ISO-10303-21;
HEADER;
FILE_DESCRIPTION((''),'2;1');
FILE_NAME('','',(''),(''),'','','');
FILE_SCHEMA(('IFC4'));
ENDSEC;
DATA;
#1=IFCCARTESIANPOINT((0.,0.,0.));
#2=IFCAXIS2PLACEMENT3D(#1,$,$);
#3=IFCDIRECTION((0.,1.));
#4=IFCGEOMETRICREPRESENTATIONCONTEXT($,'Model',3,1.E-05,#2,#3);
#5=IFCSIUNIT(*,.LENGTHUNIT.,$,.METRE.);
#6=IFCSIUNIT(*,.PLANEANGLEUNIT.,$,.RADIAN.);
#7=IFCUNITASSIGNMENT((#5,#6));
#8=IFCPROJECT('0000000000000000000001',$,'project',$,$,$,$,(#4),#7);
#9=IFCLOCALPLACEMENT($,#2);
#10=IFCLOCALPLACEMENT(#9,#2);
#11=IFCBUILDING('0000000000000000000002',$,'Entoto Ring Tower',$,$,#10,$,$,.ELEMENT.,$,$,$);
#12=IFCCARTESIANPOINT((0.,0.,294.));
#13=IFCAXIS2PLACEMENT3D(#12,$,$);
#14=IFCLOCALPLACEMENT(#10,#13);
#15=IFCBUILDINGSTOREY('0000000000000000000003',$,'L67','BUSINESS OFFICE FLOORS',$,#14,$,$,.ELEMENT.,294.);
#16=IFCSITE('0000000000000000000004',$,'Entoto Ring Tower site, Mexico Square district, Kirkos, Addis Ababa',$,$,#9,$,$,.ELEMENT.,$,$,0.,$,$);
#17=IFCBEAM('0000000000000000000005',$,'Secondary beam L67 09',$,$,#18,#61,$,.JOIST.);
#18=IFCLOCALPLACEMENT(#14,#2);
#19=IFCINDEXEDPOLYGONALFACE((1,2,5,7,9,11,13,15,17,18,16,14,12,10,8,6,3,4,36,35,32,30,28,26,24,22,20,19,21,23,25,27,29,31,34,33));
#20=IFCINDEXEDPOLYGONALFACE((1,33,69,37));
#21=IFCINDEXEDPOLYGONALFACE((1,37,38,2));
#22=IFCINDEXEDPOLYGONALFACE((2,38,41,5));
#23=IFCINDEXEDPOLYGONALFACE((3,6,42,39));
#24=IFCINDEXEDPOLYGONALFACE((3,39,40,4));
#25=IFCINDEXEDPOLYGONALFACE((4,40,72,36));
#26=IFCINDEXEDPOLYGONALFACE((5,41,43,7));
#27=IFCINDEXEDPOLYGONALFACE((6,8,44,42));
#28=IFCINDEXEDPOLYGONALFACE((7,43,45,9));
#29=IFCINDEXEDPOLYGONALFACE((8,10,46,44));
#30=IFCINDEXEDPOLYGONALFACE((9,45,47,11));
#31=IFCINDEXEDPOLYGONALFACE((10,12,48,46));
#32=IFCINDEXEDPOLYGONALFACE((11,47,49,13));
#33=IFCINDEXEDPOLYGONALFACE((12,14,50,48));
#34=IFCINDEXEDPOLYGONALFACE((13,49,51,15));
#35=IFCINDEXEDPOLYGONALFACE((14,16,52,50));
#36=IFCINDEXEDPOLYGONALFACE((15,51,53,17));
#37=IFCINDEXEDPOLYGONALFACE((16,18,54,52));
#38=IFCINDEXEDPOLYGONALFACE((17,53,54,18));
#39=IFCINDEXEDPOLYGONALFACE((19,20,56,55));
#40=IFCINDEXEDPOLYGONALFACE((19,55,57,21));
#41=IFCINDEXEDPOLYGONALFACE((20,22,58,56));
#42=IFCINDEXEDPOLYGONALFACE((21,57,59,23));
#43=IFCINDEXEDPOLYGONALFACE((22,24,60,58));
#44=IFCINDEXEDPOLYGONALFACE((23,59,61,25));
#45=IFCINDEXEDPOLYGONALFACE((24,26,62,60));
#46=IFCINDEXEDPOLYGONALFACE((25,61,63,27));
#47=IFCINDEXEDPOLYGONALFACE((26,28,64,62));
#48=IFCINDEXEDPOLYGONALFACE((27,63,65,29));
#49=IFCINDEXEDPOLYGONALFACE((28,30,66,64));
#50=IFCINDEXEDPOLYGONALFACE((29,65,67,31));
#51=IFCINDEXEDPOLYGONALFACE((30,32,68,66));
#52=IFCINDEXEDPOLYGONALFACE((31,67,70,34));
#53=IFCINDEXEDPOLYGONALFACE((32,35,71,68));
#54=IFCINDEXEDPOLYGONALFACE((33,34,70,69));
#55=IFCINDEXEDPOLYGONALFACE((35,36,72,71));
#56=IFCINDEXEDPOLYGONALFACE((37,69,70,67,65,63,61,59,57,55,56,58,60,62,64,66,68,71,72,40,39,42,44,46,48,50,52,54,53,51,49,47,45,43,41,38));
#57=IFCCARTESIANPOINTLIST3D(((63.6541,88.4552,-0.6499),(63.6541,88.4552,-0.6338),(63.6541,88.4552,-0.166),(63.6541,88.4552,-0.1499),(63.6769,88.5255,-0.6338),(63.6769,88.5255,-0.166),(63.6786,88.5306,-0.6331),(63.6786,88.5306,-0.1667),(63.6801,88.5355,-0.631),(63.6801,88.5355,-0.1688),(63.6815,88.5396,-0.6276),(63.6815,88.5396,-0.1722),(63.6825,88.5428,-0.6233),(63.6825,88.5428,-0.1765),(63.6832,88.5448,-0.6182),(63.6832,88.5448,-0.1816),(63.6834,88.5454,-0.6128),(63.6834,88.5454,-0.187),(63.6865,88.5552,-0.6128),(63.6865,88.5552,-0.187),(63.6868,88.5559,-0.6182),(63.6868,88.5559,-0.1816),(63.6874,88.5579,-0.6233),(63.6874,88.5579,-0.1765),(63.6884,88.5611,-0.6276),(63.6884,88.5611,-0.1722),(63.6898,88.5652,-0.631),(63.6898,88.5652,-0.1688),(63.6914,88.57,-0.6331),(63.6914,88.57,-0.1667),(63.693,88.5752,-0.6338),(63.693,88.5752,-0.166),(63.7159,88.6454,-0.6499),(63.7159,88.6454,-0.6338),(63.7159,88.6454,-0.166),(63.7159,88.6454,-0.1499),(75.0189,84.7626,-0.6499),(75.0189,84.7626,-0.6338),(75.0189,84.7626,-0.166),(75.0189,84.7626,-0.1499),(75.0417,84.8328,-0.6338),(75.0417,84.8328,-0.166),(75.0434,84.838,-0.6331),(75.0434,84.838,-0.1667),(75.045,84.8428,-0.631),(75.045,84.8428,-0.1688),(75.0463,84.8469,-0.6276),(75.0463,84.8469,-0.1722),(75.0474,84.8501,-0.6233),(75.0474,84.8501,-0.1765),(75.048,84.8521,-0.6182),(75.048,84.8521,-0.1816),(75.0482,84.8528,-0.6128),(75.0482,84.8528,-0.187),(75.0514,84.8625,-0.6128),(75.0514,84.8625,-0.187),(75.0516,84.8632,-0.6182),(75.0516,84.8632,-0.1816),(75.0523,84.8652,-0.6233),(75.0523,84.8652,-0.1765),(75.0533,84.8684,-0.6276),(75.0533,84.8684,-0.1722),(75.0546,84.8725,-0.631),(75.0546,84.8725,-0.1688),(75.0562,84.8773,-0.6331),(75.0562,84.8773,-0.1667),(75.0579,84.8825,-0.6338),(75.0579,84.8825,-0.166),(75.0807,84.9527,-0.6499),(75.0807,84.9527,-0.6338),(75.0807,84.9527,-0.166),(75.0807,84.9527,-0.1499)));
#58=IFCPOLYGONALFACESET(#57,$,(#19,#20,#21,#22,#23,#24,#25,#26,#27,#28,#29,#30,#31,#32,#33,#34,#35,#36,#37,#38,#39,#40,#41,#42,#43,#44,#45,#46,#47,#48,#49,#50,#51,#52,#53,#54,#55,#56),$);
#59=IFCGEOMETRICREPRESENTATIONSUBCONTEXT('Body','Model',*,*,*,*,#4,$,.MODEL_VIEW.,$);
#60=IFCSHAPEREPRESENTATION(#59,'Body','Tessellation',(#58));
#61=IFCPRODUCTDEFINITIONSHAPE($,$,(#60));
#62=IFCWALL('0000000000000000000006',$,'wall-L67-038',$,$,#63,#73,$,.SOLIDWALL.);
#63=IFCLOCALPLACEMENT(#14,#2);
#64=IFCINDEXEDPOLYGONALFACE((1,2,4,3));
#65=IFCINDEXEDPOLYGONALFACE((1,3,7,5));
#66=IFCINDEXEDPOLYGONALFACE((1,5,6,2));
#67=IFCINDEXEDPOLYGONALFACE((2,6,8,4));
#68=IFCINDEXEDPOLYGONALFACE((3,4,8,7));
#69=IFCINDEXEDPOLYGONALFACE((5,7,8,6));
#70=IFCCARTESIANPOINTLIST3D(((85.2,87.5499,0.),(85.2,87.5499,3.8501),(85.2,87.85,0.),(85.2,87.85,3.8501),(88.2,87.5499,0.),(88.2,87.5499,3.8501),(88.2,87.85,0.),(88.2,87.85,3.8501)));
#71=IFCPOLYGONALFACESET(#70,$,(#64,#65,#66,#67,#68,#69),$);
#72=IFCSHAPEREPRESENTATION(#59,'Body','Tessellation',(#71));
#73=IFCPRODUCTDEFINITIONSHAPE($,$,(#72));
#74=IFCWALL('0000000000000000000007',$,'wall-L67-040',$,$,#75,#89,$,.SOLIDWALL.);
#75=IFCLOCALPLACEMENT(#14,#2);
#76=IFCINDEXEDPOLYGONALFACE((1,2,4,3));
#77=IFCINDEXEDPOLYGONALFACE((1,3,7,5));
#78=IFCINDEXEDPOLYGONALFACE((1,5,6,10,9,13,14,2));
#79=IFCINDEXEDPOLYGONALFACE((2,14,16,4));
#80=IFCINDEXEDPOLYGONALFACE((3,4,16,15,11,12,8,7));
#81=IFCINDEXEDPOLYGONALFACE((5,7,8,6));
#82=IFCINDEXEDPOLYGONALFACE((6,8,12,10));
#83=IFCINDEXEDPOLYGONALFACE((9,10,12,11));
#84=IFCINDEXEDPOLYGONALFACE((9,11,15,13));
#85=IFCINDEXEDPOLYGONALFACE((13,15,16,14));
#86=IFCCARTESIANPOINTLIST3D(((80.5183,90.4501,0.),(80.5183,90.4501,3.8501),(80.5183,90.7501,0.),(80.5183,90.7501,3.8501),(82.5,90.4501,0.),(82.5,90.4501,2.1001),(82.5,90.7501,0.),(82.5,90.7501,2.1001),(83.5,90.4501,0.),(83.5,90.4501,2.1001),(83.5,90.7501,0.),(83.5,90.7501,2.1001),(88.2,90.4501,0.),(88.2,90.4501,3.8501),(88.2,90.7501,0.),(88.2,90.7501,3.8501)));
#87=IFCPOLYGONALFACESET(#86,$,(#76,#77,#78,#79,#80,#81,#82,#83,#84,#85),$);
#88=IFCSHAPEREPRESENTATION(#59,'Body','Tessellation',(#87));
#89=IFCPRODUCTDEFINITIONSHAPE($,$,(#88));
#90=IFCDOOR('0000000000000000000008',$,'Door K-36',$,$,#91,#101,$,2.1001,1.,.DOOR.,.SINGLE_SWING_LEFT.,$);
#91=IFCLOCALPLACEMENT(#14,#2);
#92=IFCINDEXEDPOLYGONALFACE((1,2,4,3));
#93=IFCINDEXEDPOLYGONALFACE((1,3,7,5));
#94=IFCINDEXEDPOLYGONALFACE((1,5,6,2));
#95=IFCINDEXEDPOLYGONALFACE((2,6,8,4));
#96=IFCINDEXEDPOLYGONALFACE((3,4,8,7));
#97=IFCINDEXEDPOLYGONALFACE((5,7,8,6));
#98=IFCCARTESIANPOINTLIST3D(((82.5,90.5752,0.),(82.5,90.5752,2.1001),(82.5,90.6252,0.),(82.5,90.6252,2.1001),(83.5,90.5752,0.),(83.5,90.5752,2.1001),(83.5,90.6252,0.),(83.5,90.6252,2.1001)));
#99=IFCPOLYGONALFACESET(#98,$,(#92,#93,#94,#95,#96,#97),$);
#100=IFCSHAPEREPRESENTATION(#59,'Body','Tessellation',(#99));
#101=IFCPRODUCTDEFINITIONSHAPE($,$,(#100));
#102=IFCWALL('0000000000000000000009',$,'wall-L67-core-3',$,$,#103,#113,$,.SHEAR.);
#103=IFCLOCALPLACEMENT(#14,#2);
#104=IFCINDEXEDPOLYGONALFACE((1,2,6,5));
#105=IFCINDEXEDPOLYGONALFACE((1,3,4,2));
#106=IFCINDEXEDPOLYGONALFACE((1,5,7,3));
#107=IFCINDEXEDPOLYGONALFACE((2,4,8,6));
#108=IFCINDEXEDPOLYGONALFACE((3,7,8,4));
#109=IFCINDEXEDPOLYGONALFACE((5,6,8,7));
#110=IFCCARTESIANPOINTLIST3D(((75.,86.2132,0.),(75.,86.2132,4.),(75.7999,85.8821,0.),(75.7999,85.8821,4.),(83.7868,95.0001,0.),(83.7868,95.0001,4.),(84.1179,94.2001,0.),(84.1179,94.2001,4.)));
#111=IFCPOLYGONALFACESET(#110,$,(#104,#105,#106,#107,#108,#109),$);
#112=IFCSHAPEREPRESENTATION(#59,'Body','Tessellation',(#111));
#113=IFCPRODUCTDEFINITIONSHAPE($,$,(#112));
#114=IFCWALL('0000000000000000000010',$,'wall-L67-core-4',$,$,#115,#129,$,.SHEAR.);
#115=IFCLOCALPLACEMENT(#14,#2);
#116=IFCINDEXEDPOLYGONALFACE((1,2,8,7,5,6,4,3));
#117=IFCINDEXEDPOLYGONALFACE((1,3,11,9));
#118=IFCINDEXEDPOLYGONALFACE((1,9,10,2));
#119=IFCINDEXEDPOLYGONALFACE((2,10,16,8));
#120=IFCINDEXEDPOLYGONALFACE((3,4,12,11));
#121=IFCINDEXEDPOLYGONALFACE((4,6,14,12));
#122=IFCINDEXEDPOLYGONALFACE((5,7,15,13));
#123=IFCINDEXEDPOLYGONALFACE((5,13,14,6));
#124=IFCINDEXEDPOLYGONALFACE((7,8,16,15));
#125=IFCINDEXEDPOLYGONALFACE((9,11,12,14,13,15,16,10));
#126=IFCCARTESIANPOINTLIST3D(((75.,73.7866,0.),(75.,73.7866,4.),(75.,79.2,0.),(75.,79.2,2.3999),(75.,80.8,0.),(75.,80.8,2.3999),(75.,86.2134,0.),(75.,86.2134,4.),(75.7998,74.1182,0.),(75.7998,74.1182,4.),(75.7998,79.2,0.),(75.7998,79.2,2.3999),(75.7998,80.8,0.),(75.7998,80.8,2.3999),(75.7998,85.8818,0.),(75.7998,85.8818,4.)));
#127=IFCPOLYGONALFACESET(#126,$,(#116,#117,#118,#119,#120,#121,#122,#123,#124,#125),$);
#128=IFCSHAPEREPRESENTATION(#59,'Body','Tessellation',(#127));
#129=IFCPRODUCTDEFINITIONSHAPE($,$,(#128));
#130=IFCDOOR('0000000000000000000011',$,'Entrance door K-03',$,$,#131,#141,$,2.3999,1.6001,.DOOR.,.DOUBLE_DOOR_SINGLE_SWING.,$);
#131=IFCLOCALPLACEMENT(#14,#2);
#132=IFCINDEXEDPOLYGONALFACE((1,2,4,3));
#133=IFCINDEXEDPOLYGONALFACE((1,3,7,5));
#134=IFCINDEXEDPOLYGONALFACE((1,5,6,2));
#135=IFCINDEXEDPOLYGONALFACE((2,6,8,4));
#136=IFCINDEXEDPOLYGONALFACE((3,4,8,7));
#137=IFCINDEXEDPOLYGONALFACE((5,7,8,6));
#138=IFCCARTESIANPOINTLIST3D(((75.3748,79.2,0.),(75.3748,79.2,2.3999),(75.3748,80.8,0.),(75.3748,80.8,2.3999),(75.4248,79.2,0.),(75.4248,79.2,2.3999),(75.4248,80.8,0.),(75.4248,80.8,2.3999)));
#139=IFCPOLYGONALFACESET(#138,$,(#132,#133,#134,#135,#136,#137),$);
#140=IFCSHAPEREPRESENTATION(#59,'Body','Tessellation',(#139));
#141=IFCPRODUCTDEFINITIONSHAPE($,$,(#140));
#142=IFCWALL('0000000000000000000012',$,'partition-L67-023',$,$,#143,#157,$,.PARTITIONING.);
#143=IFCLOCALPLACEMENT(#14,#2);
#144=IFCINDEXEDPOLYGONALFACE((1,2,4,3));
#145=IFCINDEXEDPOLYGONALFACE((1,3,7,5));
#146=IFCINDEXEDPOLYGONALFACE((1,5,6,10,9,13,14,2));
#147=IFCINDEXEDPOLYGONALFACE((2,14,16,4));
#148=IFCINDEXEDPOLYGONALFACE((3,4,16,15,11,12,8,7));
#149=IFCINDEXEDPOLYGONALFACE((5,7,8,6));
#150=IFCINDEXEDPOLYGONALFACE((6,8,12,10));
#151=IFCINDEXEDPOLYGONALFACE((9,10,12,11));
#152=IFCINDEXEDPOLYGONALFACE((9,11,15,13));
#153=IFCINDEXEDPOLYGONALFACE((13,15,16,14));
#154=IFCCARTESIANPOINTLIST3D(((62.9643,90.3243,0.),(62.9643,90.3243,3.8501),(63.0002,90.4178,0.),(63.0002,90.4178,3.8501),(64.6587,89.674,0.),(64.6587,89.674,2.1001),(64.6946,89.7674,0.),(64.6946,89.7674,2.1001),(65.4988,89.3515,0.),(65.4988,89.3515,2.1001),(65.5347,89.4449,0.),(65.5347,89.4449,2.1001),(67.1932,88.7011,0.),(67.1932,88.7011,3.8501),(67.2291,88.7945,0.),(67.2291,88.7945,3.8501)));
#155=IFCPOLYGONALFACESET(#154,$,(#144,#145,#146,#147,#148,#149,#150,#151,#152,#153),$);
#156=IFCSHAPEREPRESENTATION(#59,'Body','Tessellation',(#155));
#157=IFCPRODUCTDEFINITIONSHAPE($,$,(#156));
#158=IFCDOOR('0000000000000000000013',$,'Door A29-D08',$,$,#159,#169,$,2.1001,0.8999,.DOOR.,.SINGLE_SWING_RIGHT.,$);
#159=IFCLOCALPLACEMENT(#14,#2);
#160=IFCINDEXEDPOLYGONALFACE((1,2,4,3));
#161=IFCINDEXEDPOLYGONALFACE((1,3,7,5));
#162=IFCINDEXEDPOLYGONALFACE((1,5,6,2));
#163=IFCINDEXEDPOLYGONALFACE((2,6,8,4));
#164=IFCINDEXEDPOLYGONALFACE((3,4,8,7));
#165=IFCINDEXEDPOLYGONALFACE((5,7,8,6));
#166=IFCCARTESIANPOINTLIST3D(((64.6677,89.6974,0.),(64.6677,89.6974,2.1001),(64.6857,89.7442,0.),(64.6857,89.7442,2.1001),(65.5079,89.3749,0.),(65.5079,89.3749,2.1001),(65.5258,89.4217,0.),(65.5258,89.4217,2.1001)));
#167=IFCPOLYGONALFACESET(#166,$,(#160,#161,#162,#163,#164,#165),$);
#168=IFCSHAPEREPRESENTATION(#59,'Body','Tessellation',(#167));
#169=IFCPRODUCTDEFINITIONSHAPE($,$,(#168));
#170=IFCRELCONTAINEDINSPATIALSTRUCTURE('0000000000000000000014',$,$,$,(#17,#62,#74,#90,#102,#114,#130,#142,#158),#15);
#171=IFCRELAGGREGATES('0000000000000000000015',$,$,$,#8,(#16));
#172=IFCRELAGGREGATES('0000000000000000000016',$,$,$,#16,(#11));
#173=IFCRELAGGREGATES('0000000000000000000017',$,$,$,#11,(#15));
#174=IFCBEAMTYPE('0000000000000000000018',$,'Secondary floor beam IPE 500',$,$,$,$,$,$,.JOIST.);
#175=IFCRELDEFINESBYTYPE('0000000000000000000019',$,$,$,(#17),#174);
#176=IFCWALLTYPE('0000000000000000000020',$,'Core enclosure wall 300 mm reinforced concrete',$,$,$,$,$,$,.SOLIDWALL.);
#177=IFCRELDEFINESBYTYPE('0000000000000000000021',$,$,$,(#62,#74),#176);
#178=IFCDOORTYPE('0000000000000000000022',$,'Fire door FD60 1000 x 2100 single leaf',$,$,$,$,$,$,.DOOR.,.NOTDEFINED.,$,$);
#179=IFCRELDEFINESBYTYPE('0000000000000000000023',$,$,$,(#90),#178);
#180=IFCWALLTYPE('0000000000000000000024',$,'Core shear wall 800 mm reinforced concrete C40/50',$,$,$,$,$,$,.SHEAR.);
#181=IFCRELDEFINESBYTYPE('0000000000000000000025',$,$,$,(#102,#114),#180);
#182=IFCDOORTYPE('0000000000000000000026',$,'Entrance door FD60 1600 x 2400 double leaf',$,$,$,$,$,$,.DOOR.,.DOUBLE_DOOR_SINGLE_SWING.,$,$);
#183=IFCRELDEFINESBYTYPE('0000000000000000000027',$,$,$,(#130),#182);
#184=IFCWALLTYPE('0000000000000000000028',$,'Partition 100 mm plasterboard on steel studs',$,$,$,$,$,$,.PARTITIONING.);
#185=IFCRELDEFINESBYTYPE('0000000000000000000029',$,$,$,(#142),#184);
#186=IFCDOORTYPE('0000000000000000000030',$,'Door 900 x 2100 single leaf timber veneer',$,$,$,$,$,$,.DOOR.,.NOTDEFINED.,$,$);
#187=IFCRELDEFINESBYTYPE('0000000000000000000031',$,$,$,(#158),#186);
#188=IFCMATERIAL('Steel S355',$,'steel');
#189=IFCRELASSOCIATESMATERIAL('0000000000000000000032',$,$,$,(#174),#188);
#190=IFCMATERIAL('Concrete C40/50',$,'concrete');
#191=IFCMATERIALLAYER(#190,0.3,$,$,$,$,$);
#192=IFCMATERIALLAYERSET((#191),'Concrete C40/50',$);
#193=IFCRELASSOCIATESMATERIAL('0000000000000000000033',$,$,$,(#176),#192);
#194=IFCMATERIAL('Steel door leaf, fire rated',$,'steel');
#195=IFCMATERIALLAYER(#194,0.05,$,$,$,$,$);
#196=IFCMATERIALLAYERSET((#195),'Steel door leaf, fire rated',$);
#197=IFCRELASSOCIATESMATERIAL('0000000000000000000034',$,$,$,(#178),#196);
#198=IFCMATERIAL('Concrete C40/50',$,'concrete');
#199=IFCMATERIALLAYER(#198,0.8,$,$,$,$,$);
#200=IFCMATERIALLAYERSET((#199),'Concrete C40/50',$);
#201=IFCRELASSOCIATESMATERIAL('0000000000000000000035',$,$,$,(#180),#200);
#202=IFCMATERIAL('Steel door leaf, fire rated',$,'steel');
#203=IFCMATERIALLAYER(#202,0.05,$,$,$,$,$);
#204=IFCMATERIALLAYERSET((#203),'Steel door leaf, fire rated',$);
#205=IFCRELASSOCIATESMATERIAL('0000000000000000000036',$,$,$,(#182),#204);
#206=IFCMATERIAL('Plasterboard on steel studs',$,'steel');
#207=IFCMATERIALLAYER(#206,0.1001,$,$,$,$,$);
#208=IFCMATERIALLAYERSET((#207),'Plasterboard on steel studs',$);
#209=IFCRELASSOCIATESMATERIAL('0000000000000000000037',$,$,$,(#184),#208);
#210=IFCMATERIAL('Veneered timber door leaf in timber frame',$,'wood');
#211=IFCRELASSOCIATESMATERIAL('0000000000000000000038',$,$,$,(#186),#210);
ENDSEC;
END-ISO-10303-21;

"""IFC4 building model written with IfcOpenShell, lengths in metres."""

from ifc_helpers import new_model, si_unit, direction, frame, frame_2d, origin, origin_2d, place, context, subcontext, project, spatial, polyline, rectangle, i_section, outline, extrude, material, layer, layer_set, material_profile, profile_set, type_object, element, fill, save


model = new_model("IFC4")

# Units and contexts
model_context = context("Model", 3, precision=1e-05, world=origin(), true_north=direction((0.0, 1.0)))
body_context = subcontext(model_context, "Body", "Model", "MODEL_VIEW")
ifc_project = project(units=[si_unit("LENGTHUNIT", "METRE"), si_unit("PLANEANGLEUNIT", "RADIAN")], contexts=[model_context])

# Site, building, storey
site_placement = place(None, origin())
site = spatial("IfcSite", under=ifc_project, at=site_placement, Name="Entoto Ring Tower site, Mexico Square district, Kirkos, Addis Ababa", CompositionType="ELEMENT", RefElevation=0.0)
building_placement = place(site_placement, origin())
building = spatial("IfcBuilding", under=site, at=building_placement, Name="Entoto Ring Tower", CompositionType="ELEMENT")
storey_placement = place(building_placement, frame((0.0, 0.0, 294.0)))
storey = spatial("IfcBuildingStorey", under=building, at=storey_placement, Name="L67", Description="BUSINESS OFFICE FLOORS", CompositionType="ELEMENT", Elevation=294.0)

# Beam
ifc_material_1 = material(Name="Steel S355", Category="steel")
ifc_material_profile_1 = material_profile(ifc_material_1, i_section(OverallWidth=0.2, OverallDepth=0.5, WebThickness=0.0103, FlangeThickness=0.0161, FilletRadius=0.021, at=origin_2d()), Name="IPE 500")
ifc_profile_set_1 = profile_set([ifc_material_profile_1], Name="Steel S355")
beam_type_1 = type_object("IfcBeamType", Name="Secondary floor beam IPE 500", PredefinedType="JOIST", material=ifc_profile_set_1)
beam_1_placement = place(storey_placement, frame((75.0498, 84.8577, -0.3999), z_axis=(-0.951057, 0.309017, 0.0), x_axis=(-0.309017, -0.951057, 0.0)))
element("IfcBeam", 1, at=beam_1_placement, inside=storey, type_object=beam_type_1, Name="Secondary beam L67 09", PredefinedType="JOIST", context=body_context, shape_type="SweptSolid", body=[
    extrude(i_section(OverallWidth=0.2, OverallDepth=0.5, WebThickness=0.0103, FlangeThickness=0.0161, FilletRadius=0.021, at=origin_2d()), origin(), (0.0, 0.0, 1.0), 11.9497),
])

# Wall
ifc_material_2 = material(Name="Concrete C40/50", Category="concrete")
ifc_layer_1 = layer(ifc_material_2, 0.3)
ifc_layer_set_1 = layer_set([ifc_layer_1], Name="Concrete C40/50")
wall_type_1 = type_object("IfcWallType", Name="Core enclosure wall 300 mm reinforced concrete", PredefinedType="SOLIDWALL", material=ifc_layer_set_1)
wall_1_placement = place(storey_placement, frame((85.2, 87.7, 0.0), z_axis=(0.0, 0.0, 1.0), x_axis=(1.0, 0.0, 0.0)))
element("IfcWall", 2, at=wall_1_placement, inside=storey, type_object=wall_type_1, Name="wall-L67-038", PredefinedType="SOLIDWALL", context=body_context, shape_type="SweptSolid", body=[
    extrude(rectangle(XDim=3.0, YDim=0.3, at=frame_2d((1.5, 0.0))), origin(), (0.0, 0.0, 1.0), 3.8501),
])

# Wall, opening, door
wall_2_placement = place(storey_placement, frame((80.5183, 90.6001, 0.0), z_axis=(0.0, 0.0, 1.0), x_axis=(1.0, 0.0, 0.0)))
wall_2 = element("IfcWall", 3, at=wall_2_placement, inside=storey, type_object=wall_type_1, Name="wall-L67-040", PredefinedType="SOLIDWALL", context=body_context, shape_type="SweptSolid", body=[
    extrude(rectangle(XDim=7.6816, YDim=0.3, at=frame_2d((3.8408, 0.0))), origin(), (0.0, 0.0, 1.0), 3.8501),
])
opening_1_placement = place(wall_2_placement, frame((1.9817, 0.0, 0.0)))
opening_1 = element("IfcOpeningElement", 4, at=opening_1_placement, cuts=wall_2, PredefinedType="OPENING", context=body_context, shape_type="SweptSolid", body=[
    extrude(rectangle(XDim=1.0, YDim=2.1001, at=frame_2d((0.5, 1.05))), frame((0.0, 0.1602, 0.0), z_axis=(0.0, -1.0, 0.0), x_axis=(1.0, 0.0, 0.0)), (0.0, 0.0, 1.0), 0.3201),
])
ifc_material_3 = material(Name="Steel door leaf, fire rated", Category="steel")
ifc_layer_2 = layer(ifc_material_3, 0.05)
ifc_layer_set_2 = layer_set([ifc_layer_2], Name="Steel door leaf, fire rated")
door_type_1 = type_object("IfcDoorType", Name="Fire door FD60 1000 x 2100 single leaf", OperationType="NOTDEFINED", PredefinedType="DOOR", material=ifc_layer_set_2)
door_1_placement = place(opening_1_placement, frame((1.0, 0.0, 0.0), z_axis=(0.0, 0.0, 1.0), x_axis=(-1.0, 0.0, 0.0)))
door_1 = element("IfcDoor", 5, at=door_1_placement, inside=storey, type_object=door_type_1, Name="Door K-36", OperationType="SINGLE_SWING_LEFT", OverallHeight=2.1001, OverallWidth=1.0, PredefinedType="DOOR", context=body_context, shape_type="SweptSolid", body=[
    extrude(rectangle(XDim=1.0, YDim=2.1001, at=frame_2d((0.5, 1.05))), frame((0.0, 0.0249, 0.0), z_axis=(0.0, -1.0, 0.0), x_axis=(1.0, 0.0, 0.0)), (0.0, 0.0, 1.0), 0.05),
])
fill(opening_1, door_1)

# Wall
ifc_material_4 = material(Name="Concrete C40/50", Category="concrete")
ifc_layer_3 = layer(ifc_material_4, 0.8)
ifc_layer_set_3 = layer_set([ifc_layer_3], Name="Concrete C40/50")
wall_type_2 = type_object("IfcWallType", Name="Core shear wall 800 mm reinforced concrete C40/50", PredefinedType="SHEAR", material=ifc_layer_set_3)
wall_3_placement = place(storey_placement, frame((83.9524, 94.6001, 0.0), z_axis=(0.0, 0.0, 1.0), x_axis=(-0.707107, -0.707107, 0.0)))
element("IfcWall", 6, at=wall_3_placement, inside=storey, type_object=wall_type_2, Name="wall-L67-core-3", PredefinedType="SHEAR", context=body_context, shape_type="SweptSolid", body=[
    extrude(outline(polyline([(-0.1658, -0.3999), (12.2607, -0.3999), (11.9292, 0.3999), (0.1658, 0.3999), (-0.1658, -0.3999)])), origin(), (0.0, 0.0, 1.0), 4.0),
])

# Walls, openings, doors
wall_4_placement = place(storey_placement, frame((75.3999, 86.0476, 0.0), z_axis=(0.0, 0.0, 1.0), x_axis=(0.0, -1.0, 0.0)))
wall_4 = element("IfcWall", 7, at=wall_4_placement, inside=storey, type_object=wall_type_2, Name="wall-L67-core-4", PredefinedType="SHEAR", context=body_context, shape_type="SweptSolid", body=[
    extrude(outline(polyline([(-0.1658, -0.3999), (12.261, -0.3999), (11.9294, 0.3999), (0.1658, 0.3999), (-0.1658, -0.3999)])), origin(), (0.0, 0.0, 1.0), 4.0),
])
opening_2_placement = place(wall_4_placement, frame((5.2476, 0.0, 0.0)))
opening_2 = element("IfcOpeningElement", 8, at=opening_2_placement, cuts=wall_4, PredefinedType="OPENING", context=body_context, shape_type="SweptSolid", body=[
    extrude(rectangle(XDim=1.6001, YDim=2.3999, at=frame_2d((0.8, 1.2))), frame((0.0, 0.4102, 0.0), z_axis=(0.0, -1.0, 0.0), x_axis=(1.0, 0.0, 0.0)), (0.0, 0.0, 1.0), 0.8201),
])
ifc_material_5 = material(Name="Steel door leaf, fire rated", Category="steel")
ifc_layer_4 = layer(ifc_material_5, 0.05)
ifc_layer_set_4 = layer_set([ifc_layer_4], Name="Steel door leaf, fire rated")
door_type_2 = type_object("IfcDoorType", Name="Entrance door FD60 1600 x 2400 double leaf", OperationType="DOUBLE_DOOR_SINGLE_SWING", PredefinedType="DOOR", material=ifc_layer_set_4)
door_2_placement = place(opening_2_placement, origin())
door_2 = element("IfcDoor", 9, at=door_2_placement, inside=storey, type_object=door_type_2, Name="Entrance door K-03", OperationType="DOUBLE_DOOR_SINGLE_SWING", OverallHeight=2.3999, OverallWidth=1.6001, PredefinedType="DOOR", context=body_context, shape_type="SweptSolid", body=[
    extrude(rectangle(XDim=1.6001, YDim=2.3999, at=frame_2d((0.8, 1.2))), frame((0.0, 0.0249, 0.0), z_axis=(0.0, -1.0, 0.0), x_axis=(1.0, 0.0, 0.0)), (0.0, 0.0, 1.0), 0.05),
])
fill(opening_2, door_2)
ifc_material_6 = material(Name="Plasterboard on steel studs", Category="steel")
ifc_layer_5 = layer(ifc_material_6, 0.1001)
ifc_layer_set_5 = layer_set([ifc_layer_5], Name="Plasterboard on steel studs")
wall_type_3 = type_object("IfcWallType", Name="Partition 100 mm plasterboard on steel studs", PredefinedType="PARTITIONING", material=ifc_layer_set_5)
wall_5_placement = place(storey_placement, frame((67.2112, 88.7478, 0.0), z_axis=(0.0, 0.0, 1.0), x_axis=(-0.933586, 0.358354, 0.0)))
wall_5 = element("IfcWall", 10, at=wall_5_placement, inside=storey, type_object=wall_type_3, Name="partition-L67-023", PredefinedType="PARTITIONING", context=body_context, shape_type="SweptSolid", body=[
    extrude(rectangle(XDim=4.5298, YDim=0.1001, at=frame_2d((2.2649, 0.0))), origin(), (0.0, 0.0, 1.0), 3.8501),
])
opening_3_placement = place(wall_5_placement, frame((1.8149, 0.0, 0.0)))
opening_3 = element("IfcOpeningElement", 11, at=opening_3_placement, cuts=wall_5, PredefinedType="OPENING", context=body_context, shape_type="SweptSolid", body=[
    extrude(rectangle(XDim=0.8999, YDim=2.1001, at=frame_2d((0.45, 1.05))), frame((0.0, 0.0601, 0.0), z_axis=(0.0, -1.0, 0.0), x_axis=(1.0, 0.0, 0.0)), (0.0, 0.0, 1.0), 0.1201),
])
ifc_material_7 = material(Name="Veneered timber door leaf in timber frame", Category="wood")
door_type_3 = type_object("IfcDoorType", Name="Door 900 x 2100 single leaf timber veneer", OperationType="NOTDEFINED", PredefinedType="DOOR", material=ifc_material_7)
door_3_placement = place(opening_3_placement, origin())
door_3 = element("IfcDoor", 12, at=door_3_placement, inside=storey, type_object=door_type_3, Name="Door A29-D08", OperationType="SINGLE_SWING_RIGHT", OverallHeight=2.1001, OverallWidth=0.8999, PredefinedType="DOOR", context=body_context, shape_type="SweptSolid", body=[
    extrude(rectangle(XDim=0.8999, YDim=2.1001, at=frame_2d((0.45, 1.05))), frame((0.0, 0.0249, 0.0), z_axis=(0.0, -1.0, 0.0), x_axis=(1.0, 0.0, 0.0)), (0.0, 0.0, 1.0), 0.05),
])
fill(opening_3, door_3)

save(model, "model.ifc")
